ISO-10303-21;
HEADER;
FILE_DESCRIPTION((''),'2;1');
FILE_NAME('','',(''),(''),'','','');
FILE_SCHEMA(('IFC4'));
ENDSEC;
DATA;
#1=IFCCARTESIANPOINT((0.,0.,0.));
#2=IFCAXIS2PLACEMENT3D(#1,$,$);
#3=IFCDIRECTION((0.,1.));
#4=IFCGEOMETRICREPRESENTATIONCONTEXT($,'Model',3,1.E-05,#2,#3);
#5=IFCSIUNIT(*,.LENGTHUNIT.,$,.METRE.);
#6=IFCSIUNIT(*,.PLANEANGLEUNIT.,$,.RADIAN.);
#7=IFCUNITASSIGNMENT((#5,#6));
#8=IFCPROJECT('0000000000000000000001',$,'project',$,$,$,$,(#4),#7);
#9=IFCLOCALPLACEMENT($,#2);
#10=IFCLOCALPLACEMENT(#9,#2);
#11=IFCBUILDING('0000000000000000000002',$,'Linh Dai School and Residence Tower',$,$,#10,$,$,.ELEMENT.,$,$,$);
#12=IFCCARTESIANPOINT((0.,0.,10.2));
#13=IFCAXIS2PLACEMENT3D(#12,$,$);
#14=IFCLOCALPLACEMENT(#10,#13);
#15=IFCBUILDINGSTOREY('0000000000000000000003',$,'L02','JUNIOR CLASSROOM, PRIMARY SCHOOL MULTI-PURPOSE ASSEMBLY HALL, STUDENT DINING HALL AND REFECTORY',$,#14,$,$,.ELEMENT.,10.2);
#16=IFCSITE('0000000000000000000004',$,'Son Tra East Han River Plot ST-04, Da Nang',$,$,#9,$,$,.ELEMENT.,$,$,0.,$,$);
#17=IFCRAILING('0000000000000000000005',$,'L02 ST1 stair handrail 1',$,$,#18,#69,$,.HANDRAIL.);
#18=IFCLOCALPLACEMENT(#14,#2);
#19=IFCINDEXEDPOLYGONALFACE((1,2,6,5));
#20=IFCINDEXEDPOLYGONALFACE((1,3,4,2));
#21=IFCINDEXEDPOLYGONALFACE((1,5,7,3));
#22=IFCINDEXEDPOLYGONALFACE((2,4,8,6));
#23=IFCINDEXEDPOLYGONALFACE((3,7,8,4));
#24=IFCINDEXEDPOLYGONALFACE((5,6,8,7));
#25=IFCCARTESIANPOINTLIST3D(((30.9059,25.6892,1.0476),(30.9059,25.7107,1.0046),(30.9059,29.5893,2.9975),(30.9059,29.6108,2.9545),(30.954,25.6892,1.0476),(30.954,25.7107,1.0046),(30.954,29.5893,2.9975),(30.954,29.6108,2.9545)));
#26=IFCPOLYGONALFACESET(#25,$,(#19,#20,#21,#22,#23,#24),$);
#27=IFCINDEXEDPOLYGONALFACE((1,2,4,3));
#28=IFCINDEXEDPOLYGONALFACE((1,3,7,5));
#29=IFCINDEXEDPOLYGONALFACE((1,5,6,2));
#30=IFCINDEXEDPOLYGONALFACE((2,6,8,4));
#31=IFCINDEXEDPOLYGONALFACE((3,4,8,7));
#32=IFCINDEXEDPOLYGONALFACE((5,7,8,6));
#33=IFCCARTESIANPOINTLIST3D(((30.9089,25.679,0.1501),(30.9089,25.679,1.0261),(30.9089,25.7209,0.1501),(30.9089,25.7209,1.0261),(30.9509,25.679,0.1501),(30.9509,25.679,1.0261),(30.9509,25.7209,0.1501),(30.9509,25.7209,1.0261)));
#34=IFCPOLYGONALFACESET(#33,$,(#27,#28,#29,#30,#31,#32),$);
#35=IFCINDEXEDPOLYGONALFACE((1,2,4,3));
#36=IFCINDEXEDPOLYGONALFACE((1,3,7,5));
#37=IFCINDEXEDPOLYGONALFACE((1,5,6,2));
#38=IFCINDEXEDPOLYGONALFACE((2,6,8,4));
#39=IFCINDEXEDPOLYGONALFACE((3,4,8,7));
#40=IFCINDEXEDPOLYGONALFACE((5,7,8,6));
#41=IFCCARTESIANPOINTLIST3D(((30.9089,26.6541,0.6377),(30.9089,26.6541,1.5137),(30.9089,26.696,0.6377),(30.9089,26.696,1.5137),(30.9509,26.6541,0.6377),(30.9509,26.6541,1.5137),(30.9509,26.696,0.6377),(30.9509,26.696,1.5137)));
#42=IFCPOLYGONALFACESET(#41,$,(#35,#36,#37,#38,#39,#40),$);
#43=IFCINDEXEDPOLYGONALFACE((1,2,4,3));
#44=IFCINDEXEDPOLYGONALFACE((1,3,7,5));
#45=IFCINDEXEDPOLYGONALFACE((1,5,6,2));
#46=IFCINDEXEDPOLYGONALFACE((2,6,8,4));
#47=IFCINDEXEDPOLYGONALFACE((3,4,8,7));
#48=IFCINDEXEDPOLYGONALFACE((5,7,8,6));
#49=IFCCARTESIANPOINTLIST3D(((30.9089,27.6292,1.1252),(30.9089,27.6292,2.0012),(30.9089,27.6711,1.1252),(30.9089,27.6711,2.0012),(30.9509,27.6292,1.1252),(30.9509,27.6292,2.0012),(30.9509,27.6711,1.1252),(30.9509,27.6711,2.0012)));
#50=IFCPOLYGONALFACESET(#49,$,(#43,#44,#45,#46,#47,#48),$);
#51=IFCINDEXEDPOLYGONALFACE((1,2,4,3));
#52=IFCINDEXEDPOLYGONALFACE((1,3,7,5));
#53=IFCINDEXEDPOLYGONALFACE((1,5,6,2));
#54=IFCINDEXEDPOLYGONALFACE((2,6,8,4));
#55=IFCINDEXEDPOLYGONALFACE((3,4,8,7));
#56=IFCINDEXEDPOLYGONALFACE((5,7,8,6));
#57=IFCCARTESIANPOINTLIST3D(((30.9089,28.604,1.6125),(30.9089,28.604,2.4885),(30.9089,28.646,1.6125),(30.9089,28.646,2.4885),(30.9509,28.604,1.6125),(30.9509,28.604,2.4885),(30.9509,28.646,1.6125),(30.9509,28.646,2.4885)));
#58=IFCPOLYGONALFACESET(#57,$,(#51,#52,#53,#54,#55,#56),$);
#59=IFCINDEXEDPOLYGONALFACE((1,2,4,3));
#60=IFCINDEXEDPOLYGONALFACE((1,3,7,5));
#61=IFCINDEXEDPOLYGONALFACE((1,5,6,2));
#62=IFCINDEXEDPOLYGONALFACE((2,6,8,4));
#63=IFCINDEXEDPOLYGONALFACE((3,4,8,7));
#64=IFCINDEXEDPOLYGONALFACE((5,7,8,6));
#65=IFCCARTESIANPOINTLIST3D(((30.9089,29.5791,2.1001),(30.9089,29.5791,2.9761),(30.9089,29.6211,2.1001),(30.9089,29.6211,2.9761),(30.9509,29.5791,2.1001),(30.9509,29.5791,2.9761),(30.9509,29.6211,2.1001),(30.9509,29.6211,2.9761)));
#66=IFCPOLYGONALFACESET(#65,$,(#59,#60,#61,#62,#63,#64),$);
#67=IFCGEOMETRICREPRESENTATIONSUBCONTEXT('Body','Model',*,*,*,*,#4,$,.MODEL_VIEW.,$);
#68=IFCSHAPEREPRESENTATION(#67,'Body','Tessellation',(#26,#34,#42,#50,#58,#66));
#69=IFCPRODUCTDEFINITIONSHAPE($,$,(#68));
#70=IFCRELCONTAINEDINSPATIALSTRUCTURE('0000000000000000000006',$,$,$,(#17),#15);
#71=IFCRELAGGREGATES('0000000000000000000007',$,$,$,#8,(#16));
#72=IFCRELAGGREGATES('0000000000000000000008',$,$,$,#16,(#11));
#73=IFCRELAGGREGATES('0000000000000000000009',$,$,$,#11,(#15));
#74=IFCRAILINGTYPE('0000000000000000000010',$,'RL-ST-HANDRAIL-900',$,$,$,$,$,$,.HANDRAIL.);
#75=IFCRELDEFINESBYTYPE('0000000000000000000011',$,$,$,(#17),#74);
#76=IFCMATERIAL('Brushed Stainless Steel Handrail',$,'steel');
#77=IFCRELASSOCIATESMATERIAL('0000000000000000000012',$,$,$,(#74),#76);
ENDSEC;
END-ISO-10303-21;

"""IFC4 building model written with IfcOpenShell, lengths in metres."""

from ifc_helpers import new_model, si_unit, direction, frame, origin, origin_2d, place, context, subcontext, project, spatial, rectangle, extrude, source, transform, mapped, material, type_object, element, save


model = new_model("IFC4")

# Units and contexts
model_context = context("Model", 3, precision=1e-05, world=origin(), true_north=direction((0.0, 1.0)))
body_context = subcontext(model_context, "Body", "Model", "MODEL_VIEW")
ifc_project = project(units=[si_unit("LENGTHUNIT", "METRE"), si_unit("PLANEANGLEUNIT", "RADIAN")], contexts=[model_context])

# Site, building, storey
site_placement = place(None, origin())
site = spatial("IfcSite", under=ifc_project, at=site_placement, Name="Son Tra East Han River Plot ST-04, Da Nang", CompositionType="ELEMENT", RefElevation=0.0)
building_placement = place(site_placement, origin())
building = spatial("IfcBuilding", under=site, at=building_placement, Name="Linh Dai School and Residence Tower", CompositionType="ELEMENT")
storey_placement = place(building_placement, frame((0.0, 0.0, 10.2)))
storey = spatial("IfcBuildingStorey", under=building, at=storey_placement, Name="L02", Description="JUNIOR CLASSROOM, PRIMARY SCHOOL MULTI-PURPOSE ASSEMBLY HALL, STUDENT DINING HALL AND REFECTORY", CompositionType="ELEMENT", Elevation=10.2)

# Railing
ifc_material_1 = material(Name="Brushed Stainless Steel Handrail", Category="steel")
railing_type_1 = type_object("IfcRailingType", Name="RL-ST-HANDRAIL-900", PredefinedType="HANDRAIL", material=ifc_material_1)
shared_shape_1 = source(origin(), body_context, "Body", "SweptSolid", [
    extrude(rectangle(XDim=0.0481, YDim=0.0481, at=origin_2d()), frame((0.0, 0.0, 0.876), z_axis=(0.0, 0.894438, 0.447191), x_axis=(-1.0, 0.0, 0.0)), (0.0, 0.0, 1.0), 4.3604),
    extrude(rectangle(XDim=0.042, YDim=0.042, at=origin_2d()), origin(), (0.0, 0.0, 1.0), 0.876),
    extrude(rectangle(XDim=0.042, YDim=0.042, at=origin_2d()), frame((0.0, 0.9751, 0.4875)), (0.0, 0.0, 1.0), 0.876),
    extrude(rectangle(XDim=0.042, YDim=0.042, at=origin_2d()), frame((0.0, 1.9502, 0.9751)), (0.0, 0.0, 1.0), 0.876),
    extrude(rectangle(XDim=0.042, YDim=0.042, at=origin_2d()), frame((0.0, 2.925, 1.4624)), (0.0, 0.0, 1.0), 0.876),
    extrude(rectangle(XDim=0.042, YDim=0.042, at=origin_2d()), frame((0.0, 3.9001, 1.95)), (0.0, 0.0, 1.0), 0.876),
])
railing_1_placement = place(storey_placement, frame((30.9299, 25.7, 0.1501)))
element("IfcRailing", 1, at=railing_1_placement, inside=storey, type_object=railing_type_1, Name="L02 ST1 stair handrail 1", PredefinedType="HANDRAIL", context=body_context, shape_type="MappedRepresentation", body=[
    mapped(shared_shape_1, transform((0.0, 0.0, 0.0), x_axis=(1.0, 0.0, 0.0), y_axis=(0.0, 1.0, 0.0), z_axis=(0.0, 0.0, 1.0), scale=1.0)),
])

save(model, "model.ifc")
